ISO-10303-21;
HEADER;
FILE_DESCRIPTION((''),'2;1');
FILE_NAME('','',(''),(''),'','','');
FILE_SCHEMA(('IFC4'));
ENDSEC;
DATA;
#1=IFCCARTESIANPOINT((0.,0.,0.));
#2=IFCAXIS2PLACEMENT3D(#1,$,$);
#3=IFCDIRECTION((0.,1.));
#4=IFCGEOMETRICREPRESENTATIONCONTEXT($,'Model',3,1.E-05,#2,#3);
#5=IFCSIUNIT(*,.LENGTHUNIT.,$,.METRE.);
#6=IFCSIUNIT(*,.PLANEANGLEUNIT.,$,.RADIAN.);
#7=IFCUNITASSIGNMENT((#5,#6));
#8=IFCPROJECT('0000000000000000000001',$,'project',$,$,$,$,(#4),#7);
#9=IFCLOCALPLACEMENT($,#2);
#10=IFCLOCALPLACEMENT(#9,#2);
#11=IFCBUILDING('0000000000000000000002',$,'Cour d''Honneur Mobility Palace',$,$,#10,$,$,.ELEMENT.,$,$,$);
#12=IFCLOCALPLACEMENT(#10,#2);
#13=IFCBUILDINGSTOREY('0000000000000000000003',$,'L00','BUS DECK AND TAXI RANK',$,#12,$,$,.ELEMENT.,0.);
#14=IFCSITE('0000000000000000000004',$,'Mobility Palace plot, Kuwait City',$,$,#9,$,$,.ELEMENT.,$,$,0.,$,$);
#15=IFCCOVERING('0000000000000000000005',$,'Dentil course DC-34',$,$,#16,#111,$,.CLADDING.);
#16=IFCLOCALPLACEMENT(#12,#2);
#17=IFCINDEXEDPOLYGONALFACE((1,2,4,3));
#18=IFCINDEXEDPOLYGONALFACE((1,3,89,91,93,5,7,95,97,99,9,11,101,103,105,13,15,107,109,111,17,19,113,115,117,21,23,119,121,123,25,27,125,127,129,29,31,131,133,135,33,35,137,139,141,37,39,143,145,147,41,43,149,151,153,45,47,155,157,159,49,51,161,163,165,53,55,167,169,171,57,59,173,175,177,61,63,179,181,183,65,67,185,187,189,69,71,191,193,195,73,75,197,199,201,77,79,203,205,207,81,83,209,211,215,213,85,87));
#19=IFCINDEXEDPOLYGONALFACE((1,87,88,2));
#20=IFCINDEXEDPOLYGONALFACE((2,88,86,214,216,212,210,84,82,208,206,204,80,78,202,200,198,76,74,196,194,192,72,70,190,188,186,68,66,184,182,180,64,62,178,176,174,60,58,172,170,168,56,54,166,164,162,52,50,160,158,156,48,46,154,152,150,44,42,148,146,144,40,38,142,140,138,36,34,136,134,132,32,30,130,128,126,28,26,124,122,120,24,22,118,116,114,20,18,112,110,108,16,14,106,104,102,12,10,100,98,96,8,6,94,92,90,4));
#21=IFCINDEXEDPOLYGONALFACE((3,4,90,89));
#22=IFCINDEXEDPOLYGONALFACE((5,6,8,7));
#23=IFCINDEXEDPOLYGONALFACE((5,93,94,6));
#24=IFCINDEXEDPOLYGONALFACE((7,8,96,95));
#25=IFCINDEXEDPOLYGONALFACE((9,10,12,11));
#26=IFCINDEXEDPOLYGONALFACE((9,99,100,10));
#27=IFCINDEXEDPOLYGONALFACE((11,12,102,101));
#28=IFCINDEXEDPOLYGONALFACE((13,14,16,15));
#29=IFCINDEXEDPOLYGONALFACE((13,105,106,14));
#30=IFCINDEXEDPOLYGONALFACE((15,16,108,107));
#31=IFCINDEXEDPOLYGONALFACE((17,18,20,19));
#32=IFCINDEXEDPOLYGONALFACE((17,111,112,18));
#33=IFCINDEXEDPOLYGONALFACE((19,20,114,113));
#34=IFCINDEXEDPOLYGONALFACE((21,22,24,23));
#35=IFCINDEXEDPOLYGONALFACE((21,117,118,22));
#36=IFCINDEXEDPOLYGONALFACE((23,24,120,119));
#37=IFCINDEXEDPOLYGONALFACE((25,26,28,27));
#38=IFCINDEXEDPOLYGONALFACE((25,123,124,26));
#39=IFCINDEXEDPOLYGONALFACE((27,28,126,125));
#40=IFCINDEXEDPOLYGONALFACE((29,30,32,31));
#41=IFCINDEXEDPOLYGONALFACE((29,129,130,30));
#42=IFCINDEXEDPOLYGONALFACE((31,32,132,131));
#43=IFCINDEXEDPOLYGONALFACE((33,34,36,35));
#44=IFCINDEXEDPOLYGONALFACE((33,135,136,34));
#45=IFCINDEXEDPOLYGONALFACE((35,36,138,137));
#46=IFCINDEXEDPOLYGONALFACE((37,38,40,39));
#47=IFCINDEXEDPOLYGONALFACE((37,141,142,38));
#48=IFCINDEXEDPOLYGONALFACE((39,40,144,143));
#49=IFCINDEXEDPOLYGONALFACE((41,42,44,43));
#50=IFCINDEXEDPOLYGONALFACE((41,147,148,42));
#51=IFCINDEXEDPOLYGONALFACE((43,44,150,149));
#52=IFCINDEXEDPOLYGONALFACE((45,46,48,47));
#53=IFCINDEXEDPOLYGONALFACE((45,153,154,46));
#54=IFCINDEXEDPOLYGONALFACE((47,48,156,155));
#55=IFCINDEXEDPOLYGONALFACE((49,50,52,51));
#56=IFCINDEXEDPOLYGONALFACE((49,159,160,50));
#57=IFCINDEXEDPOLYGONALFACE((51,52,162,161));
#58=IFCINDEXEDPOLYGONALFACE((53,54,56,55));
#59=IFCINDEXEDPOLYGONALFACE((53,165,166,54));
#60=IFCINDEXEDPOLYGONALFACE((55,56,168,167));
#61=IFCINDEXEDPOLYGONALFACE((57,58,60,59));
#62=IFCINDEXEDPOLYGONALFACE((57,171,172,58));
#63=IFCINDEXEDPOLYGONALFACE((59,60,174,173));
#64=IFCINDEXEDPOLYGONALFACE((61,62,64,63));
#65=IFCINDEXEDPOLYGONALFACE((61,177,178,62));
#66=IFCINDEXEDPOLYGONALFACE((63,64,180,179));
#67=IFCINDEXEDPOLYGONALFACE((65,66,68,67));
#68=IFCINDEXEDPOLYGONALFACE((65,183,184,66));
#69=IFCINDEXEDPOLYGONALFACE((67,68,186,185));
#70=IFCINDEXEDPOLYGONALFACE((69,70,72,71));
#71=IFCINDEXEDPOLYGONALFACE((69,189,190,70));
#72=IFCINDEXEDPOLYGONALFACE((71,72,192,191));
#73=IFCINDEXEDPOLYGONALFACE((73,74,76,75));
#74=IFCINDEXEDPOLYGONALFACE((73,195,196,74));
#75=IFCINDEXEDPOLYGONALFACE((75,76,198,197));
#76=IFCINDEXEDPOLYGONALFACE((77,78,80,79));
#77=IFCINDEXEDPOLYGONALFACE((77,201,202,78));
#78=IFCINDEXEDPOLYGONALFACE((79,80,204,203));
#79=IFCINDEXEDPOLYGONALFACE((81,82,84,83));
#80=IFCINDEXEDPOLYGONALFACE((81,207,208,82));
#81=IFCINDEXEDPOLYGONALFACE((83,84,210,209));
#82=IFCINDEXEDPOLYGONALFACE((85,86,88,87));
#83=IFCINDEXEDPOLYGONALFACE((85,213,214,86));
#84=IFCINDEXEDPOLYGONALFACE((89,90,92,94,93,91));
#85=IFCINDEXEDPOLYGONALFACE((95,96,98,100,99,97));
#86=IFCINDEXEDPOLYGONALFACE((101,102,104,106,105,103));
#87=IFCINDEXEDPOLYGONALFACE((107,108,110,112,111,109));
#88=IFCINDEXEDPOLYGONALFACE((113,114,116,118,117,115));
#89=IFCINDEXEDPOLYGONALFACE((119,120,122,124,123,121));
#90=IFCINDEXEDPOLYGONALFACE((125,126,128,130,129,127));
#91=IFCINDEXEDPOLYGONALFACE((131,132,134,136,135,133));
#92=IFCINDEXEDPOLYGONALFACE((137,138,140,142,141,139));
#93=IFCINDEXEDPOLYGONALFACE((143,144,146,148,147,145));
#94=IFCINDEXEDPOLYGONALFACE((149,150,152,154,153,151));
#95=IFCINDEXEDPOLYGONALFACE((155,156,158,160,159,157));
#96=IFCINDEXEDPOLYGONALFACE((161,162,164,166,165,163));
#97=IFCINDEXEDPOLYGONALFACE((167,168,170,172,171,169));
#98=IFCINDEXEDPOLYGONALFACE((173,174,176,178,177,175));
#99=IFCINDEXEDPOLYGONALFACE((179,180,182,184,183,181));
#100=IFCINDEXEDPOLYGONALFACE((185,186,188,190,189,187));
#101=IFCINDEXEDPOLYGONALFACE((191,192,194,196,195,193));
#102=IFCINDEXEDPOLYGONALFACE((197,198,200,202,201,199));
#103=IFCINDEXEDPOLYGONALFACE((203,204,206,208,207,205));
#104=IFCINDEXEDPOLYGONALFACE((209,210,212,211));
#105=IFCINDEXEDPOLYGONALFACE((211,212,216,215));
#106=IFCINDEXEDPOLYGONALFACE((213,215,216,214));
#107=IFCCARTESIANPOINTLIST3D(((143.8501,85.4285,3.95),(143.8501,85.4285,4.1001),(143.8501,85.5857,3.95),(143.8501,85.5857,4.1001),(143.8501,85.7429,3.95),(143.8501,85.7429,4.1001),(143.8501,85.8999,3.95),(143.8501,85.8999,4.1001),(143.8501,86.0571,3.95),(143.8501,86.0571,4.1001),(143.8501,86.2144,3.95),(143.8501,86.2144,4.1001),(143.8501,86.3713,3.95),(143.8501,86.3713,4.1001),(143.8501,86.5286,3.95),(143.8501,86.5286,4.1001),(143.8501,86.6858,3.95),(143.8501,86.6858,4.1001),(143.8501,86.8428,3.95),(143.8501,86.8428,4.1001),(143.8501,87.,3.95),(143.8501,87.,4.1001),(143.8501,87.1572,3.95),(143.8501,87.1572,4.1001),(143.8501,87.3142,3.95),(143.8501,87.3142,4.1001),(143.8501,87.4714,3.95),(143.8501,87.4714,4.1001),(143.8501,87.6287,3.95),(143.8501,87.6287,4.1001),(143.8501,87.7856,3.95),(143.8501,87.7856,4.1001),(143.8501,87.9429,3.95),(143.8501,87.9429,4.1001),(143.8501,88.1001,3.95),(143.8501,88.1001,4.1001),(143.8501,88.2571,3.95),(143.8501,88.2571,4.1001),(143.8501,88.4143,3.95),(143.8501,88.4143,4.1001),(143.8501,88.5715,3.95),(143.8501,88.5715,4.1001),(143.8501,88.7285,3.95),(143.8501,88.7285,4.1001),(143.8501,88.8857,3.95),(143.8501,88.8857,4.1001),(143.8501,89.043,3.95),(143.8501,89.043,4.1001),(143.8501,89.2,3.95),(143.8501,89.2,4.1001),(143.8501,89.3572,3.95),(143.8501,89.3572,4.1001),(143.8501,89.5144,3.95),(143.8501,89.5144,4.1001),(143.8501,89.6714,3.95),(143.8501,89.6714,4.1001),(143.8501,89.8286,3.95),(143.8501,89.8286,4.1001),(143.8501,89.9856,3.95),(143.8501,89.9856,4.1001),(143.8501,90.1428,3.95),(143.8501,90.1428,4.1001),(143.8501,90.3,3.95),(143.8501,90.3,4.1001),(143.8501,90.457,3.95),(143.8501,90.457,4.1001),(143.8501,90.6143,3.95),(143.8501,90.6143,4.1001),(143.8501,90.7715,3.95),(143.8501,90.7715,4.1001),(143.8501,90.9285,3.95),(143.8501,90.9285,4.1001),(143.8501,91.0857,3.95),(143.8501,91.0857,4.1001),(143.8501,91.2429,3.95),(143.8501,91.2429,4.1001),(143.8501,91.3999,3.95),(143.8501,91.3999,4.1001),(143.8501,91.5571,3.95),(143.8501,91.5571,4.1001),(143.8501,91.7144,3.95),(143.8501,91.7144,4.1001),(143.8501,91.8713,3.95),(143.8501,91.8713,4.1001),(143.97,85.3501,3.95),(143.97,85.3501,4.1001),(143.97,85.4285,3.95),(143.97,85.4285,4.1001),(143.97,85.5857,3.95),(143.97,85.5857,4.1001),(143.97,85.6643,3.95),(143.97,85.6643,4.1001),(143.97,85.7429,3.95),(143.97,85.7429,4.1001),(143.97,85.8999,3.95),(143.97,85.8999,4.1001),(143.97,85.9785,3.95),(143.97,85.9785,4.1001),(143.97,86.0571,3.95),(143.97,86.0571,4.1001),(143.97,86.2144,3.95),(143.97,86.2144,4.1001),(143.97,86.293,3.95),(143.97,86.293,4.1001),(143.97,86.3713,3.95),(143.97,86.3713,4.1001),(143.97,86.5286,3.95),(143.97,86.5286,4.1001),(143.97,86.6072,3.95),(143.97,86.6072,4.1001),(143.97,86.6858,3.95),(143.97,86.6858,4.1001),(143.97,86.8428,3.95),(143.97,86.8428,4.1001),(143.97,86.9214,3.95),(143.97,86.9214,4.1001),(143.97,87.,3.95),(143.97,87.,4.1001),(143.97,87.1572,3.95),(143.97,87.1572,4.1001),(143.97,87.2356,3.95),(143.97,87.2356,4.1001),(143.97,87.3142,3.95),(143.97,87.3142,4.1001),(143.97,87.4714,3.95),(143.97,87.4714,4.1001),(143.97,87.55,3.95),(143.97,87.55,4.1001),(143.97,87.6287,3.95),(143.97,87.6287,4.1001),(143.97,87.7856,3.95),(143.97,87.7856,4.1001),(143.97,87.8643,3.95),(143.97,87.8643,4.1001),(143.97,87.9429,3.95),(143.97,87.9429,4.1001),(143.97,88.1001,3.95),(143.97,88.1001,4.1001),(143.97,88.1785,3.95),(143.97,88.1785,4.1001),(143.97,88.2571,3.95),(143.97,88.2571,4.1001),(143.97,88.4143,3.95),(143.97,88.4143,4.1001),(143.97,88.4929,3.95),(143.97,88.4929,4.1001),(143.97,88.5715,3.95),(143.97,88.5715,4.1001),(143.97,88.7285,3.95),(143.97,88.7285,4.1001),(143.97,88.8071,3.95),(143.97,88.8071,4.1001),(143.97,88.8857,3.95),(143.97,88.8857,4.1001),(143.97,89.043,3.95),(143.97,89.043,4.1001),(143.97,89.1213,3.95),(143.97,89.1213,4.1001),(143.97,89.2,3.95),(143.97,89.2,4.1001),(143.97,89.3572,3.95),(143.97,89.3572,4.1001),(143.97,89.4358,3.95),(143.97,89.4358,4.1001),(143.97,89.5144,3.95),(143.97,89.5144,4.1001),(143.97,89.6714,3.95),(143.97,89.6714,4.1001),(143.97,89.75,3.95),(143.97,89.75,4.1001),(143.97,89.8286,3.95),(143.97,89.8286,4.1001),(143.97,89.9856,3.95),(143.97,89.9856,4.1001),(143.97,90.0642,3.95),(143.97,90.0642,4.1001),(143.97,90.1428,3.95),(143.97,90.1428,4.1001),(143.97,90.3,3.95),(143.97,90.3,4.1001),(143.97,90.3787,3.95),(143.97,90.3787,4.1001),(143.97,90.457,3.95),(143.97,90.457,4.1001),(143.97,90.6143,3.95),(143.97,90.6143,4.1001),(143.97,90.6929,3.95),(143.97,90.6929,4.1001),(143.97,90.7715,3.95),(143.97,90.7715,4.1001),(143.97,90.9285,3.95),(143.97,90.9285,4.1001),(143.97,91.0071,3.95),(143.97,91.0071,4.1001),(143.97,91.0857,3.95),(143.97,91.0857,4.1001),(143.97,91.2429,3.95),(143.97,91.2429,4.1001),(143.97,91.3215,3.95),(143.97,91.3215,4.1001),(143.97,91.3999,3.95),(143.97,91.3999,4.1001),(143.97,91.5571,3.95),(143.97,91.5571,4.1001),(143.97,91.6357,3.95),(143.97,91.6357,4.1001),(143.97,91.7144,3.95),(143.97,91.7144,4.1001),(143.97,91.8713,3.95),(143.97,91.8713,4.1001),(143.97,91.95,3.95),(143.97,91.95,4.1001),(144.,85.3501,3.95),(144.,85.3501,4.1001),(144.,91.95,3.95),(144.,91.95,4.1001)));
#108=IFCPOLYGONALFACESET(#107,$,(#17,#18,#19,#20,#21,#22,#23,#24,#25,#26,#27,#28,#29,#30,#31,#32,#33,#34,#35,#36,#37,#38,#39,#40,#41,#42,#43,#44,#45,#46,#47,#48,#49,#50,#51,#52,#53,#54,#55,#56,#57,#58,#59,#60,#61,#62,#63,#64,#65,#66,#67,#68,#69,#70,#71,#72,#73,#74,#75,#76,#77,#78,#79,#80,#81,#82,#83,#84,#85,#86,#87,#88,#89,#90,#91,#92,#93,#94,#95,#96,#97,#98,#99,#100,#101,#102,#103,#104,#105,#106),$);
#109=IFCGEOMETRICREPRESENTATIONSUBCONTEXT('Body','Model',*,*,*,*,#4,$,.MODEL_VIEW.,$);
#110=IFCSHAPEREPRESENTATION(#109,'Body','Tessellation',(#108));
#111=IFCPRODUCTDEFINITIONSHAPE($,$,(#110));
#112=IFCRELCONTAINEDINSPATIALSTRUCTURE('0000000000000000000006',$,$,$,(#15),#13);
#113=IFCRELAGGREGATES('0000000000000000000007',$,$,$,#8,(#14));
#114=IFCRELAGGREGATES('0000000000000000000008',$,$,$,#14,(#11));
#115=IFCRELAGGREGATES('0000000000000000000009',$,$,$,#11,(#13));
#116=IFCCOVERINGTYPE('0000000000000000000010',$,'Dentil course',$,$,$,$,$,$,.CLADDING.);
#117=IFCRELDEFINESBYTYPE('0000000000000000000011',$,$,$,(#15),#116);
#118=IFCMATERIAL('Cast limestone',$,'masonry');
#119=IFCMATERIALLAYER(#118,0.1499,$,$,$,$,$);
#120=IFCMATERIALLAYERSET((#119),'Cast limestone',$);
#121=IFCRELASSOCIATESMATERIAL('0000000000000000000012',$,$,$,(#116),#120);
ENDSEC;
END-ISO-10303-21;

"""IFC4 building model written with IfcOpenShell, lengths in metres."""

from ifc_helpers import new_model, si_unit, direction, frame, origin, place, context, subcontext, project, spatial, polyline, outline, extrude, material, layer, layer_set, type_object, element, save


model = new_model("IFC4")

# Units and contexts
model_context = context("Model", 3, precision=1e-05, world=origin(), true_north=direction((0.0, 1.0)))
body_context = subcontext(model_context, "Body", "Model", "MODEL_VIEW")
ifc_project = project(units=[si_unit("LENGTHUNIT", "METRE"), si_unit("PLANEANGLEUNIT", "RADIAN")], contexts=[model_context])

# Site, building, storey
site_placement = place(None, origin())
site = spatial("IfcSite", under=ifc_project, at=site_placement, Name="Mobility Palace plot, Kuwait City", CompositionType="ELEMENT", RefElevation=0.0)
building_placement = place(site_placement, origin())
building = spatial("IfcBuilding", under=site, at=building_placement, Name="Cour d'Honneur Mobility Palace", CompositionType="ELEMENT")
storey_placement = place(building_placement, origin())
storey = spatial("IfcBuildingStorey", under=building, at=storey_placement, Name="L00", Description="BUS DECK AND TAXI RANK", CompositionType="ELEMENT", Elevation=0.0)

# Covering
ifc_material = material(Name="Cast limestone", Category="masonry")
ifc_layer = layer(ifc_material, 0.1499)
ifc_layer_set = layer_set([ifc_layer], Name="Cast limestone")
covering_type = type_object("IfcCoveringType", Name="Dentil course", PredefinedType="CLADDING", material=ifc_layer_set)
covering_1_placement = place(storey_placement, frame((0.0, 0.0, 3.95)))
element("IfcCovering", 1, at=covering_1_placement, inside=storey, type_object=covering_type, Name="Dentil course DC-34", PredefinedType="CLADDING", context=body_context, shape_type="SweptSolid", body=[
    extrude(outline(polyline([(144.0, 91.95), (144.0, 85.3501), (143.97, 85.3501), (143.97, 85.3501), (143.97, 85.4285), (143.8501, 85.4285), (143.8501, 85.5857), (143.97, 85.5857), (143.97, 85.6643), (143.97, 85.6643), (143.97, 85.7429), (143.8501, 85.7429), (143.8501, 85.8999), (143.97, 85.8999), (143.97, 85.9785), (143.97, 85.9785), (143.97, 86.0571), (143.8501, 86.0571), (143.8501, 86.2144), (143.97, 86.2144), (143.97, 86.293), (143.97, 86.293), (143.97, 86.3713), (143.8501, 86.3713), (143.8501, 86.5286), (143.97, 86.5286), (143.97, 86.6072), (143.97, 86.6072), (143.97, 86.6858), (143.8501, 86.6858), (143.8501, 86.8428), (143.97, 86.8428), (143.97, 86.9214), (143.97, 86.9214), (143.97, 87.0), (143.8501, 87.0), (143.8501, 87.1572), (143.97, 87.1572), (143.97, 87.2356), (143.97, 87.2356), (143.97, 87.3142), (143.8501, 87.3142), (143.8501, 87.4714), (143.97, 87.4714), (143.97, 87.55), (143.97, 87.55), (143.97, 87.6287), (143.8501, 87.6287), (143.8501, 87.7856), (143.97, 87.7856), (143.97, 87.8643), (143.97, 87.8643), (143.97, 87.9429), (143.8501, 87.9429), (143.8501, 88.1001), (143.97, 88.1001), (143.97, 88.1785), (143.97, 88.1785), (143.97, 88.2571), (143.8501, 88.2571), (143.8501, 88.4143), (143.97, 88.4143), (143.97, 88.4929), (143.97, 88.4929), (143.97, 88.5715), (143.8501, 88.5715), (143.8501, 88.7285), (143.97, 88.7285), (143.97, 88.8071), (143.97, 88.8071), (143.97, 88.8857), (143.8501, 88.8857), (143.8501, 89.043), (143.97, 89.043), (143.97, 89.1213), (143.97, 89.1213), (143.97, 89.2), (143.8501, 89.2), (143.8501, 89.3572), (143.97, 89.3572), (143.97, 89.4358), (143.97, 89.4358), (143.97, 89.5144), (143.8501, 89.5144), (143.8501, 89.6714), (143.97, 89.6714), (143.97, 89.75), (143.97, 89.75), (143.97, 89.8286), (143.8501, 89.8286), (143.8501, 89.9856), (143.97, 89.9856), (143.97, 90.0642), (143.97, 90.0642), (143.97, 90.1428), (143.8501, 90.1428), (143.8501, 90.3), (143.97, 90.3), (143.97, 90.3787), (143.97, 90.3787), (143.97, 90.457), (143.8501, 90.457), (143.8501, 90.6143), (143.97, 90.6143), (143.97, 90.6929), (143.97, 90.6929), (143.97, 90.7715), (143.8501, 90.7715), (143.8501, 90.9285), (143.97, 90.9285), (143.97, 91.0071), (143.97, 91.0071), (143.97, 91.0857), (143.8501, 91.0857), (143.8501, 91.2429), (143.97, 91.2429), (143.97, 91.3215), (143.97, 91.3215), (143.97, 91.3999), (143.8501, 91.3999), (143.8501, 91.5571), (143.97, 91.5571), (143.97, 91.6357), (143.97, 91.6357), (143.97, 91.7144), (143.8501, 91.7144), (143.8501, 91.8713), (143.97, 91.8713), (143.97, 91.95), (144.0, 91.95)])), origin(), (0.0, 0.0, 1.0), 0.1501),
])

save(model, "model.ifc")
